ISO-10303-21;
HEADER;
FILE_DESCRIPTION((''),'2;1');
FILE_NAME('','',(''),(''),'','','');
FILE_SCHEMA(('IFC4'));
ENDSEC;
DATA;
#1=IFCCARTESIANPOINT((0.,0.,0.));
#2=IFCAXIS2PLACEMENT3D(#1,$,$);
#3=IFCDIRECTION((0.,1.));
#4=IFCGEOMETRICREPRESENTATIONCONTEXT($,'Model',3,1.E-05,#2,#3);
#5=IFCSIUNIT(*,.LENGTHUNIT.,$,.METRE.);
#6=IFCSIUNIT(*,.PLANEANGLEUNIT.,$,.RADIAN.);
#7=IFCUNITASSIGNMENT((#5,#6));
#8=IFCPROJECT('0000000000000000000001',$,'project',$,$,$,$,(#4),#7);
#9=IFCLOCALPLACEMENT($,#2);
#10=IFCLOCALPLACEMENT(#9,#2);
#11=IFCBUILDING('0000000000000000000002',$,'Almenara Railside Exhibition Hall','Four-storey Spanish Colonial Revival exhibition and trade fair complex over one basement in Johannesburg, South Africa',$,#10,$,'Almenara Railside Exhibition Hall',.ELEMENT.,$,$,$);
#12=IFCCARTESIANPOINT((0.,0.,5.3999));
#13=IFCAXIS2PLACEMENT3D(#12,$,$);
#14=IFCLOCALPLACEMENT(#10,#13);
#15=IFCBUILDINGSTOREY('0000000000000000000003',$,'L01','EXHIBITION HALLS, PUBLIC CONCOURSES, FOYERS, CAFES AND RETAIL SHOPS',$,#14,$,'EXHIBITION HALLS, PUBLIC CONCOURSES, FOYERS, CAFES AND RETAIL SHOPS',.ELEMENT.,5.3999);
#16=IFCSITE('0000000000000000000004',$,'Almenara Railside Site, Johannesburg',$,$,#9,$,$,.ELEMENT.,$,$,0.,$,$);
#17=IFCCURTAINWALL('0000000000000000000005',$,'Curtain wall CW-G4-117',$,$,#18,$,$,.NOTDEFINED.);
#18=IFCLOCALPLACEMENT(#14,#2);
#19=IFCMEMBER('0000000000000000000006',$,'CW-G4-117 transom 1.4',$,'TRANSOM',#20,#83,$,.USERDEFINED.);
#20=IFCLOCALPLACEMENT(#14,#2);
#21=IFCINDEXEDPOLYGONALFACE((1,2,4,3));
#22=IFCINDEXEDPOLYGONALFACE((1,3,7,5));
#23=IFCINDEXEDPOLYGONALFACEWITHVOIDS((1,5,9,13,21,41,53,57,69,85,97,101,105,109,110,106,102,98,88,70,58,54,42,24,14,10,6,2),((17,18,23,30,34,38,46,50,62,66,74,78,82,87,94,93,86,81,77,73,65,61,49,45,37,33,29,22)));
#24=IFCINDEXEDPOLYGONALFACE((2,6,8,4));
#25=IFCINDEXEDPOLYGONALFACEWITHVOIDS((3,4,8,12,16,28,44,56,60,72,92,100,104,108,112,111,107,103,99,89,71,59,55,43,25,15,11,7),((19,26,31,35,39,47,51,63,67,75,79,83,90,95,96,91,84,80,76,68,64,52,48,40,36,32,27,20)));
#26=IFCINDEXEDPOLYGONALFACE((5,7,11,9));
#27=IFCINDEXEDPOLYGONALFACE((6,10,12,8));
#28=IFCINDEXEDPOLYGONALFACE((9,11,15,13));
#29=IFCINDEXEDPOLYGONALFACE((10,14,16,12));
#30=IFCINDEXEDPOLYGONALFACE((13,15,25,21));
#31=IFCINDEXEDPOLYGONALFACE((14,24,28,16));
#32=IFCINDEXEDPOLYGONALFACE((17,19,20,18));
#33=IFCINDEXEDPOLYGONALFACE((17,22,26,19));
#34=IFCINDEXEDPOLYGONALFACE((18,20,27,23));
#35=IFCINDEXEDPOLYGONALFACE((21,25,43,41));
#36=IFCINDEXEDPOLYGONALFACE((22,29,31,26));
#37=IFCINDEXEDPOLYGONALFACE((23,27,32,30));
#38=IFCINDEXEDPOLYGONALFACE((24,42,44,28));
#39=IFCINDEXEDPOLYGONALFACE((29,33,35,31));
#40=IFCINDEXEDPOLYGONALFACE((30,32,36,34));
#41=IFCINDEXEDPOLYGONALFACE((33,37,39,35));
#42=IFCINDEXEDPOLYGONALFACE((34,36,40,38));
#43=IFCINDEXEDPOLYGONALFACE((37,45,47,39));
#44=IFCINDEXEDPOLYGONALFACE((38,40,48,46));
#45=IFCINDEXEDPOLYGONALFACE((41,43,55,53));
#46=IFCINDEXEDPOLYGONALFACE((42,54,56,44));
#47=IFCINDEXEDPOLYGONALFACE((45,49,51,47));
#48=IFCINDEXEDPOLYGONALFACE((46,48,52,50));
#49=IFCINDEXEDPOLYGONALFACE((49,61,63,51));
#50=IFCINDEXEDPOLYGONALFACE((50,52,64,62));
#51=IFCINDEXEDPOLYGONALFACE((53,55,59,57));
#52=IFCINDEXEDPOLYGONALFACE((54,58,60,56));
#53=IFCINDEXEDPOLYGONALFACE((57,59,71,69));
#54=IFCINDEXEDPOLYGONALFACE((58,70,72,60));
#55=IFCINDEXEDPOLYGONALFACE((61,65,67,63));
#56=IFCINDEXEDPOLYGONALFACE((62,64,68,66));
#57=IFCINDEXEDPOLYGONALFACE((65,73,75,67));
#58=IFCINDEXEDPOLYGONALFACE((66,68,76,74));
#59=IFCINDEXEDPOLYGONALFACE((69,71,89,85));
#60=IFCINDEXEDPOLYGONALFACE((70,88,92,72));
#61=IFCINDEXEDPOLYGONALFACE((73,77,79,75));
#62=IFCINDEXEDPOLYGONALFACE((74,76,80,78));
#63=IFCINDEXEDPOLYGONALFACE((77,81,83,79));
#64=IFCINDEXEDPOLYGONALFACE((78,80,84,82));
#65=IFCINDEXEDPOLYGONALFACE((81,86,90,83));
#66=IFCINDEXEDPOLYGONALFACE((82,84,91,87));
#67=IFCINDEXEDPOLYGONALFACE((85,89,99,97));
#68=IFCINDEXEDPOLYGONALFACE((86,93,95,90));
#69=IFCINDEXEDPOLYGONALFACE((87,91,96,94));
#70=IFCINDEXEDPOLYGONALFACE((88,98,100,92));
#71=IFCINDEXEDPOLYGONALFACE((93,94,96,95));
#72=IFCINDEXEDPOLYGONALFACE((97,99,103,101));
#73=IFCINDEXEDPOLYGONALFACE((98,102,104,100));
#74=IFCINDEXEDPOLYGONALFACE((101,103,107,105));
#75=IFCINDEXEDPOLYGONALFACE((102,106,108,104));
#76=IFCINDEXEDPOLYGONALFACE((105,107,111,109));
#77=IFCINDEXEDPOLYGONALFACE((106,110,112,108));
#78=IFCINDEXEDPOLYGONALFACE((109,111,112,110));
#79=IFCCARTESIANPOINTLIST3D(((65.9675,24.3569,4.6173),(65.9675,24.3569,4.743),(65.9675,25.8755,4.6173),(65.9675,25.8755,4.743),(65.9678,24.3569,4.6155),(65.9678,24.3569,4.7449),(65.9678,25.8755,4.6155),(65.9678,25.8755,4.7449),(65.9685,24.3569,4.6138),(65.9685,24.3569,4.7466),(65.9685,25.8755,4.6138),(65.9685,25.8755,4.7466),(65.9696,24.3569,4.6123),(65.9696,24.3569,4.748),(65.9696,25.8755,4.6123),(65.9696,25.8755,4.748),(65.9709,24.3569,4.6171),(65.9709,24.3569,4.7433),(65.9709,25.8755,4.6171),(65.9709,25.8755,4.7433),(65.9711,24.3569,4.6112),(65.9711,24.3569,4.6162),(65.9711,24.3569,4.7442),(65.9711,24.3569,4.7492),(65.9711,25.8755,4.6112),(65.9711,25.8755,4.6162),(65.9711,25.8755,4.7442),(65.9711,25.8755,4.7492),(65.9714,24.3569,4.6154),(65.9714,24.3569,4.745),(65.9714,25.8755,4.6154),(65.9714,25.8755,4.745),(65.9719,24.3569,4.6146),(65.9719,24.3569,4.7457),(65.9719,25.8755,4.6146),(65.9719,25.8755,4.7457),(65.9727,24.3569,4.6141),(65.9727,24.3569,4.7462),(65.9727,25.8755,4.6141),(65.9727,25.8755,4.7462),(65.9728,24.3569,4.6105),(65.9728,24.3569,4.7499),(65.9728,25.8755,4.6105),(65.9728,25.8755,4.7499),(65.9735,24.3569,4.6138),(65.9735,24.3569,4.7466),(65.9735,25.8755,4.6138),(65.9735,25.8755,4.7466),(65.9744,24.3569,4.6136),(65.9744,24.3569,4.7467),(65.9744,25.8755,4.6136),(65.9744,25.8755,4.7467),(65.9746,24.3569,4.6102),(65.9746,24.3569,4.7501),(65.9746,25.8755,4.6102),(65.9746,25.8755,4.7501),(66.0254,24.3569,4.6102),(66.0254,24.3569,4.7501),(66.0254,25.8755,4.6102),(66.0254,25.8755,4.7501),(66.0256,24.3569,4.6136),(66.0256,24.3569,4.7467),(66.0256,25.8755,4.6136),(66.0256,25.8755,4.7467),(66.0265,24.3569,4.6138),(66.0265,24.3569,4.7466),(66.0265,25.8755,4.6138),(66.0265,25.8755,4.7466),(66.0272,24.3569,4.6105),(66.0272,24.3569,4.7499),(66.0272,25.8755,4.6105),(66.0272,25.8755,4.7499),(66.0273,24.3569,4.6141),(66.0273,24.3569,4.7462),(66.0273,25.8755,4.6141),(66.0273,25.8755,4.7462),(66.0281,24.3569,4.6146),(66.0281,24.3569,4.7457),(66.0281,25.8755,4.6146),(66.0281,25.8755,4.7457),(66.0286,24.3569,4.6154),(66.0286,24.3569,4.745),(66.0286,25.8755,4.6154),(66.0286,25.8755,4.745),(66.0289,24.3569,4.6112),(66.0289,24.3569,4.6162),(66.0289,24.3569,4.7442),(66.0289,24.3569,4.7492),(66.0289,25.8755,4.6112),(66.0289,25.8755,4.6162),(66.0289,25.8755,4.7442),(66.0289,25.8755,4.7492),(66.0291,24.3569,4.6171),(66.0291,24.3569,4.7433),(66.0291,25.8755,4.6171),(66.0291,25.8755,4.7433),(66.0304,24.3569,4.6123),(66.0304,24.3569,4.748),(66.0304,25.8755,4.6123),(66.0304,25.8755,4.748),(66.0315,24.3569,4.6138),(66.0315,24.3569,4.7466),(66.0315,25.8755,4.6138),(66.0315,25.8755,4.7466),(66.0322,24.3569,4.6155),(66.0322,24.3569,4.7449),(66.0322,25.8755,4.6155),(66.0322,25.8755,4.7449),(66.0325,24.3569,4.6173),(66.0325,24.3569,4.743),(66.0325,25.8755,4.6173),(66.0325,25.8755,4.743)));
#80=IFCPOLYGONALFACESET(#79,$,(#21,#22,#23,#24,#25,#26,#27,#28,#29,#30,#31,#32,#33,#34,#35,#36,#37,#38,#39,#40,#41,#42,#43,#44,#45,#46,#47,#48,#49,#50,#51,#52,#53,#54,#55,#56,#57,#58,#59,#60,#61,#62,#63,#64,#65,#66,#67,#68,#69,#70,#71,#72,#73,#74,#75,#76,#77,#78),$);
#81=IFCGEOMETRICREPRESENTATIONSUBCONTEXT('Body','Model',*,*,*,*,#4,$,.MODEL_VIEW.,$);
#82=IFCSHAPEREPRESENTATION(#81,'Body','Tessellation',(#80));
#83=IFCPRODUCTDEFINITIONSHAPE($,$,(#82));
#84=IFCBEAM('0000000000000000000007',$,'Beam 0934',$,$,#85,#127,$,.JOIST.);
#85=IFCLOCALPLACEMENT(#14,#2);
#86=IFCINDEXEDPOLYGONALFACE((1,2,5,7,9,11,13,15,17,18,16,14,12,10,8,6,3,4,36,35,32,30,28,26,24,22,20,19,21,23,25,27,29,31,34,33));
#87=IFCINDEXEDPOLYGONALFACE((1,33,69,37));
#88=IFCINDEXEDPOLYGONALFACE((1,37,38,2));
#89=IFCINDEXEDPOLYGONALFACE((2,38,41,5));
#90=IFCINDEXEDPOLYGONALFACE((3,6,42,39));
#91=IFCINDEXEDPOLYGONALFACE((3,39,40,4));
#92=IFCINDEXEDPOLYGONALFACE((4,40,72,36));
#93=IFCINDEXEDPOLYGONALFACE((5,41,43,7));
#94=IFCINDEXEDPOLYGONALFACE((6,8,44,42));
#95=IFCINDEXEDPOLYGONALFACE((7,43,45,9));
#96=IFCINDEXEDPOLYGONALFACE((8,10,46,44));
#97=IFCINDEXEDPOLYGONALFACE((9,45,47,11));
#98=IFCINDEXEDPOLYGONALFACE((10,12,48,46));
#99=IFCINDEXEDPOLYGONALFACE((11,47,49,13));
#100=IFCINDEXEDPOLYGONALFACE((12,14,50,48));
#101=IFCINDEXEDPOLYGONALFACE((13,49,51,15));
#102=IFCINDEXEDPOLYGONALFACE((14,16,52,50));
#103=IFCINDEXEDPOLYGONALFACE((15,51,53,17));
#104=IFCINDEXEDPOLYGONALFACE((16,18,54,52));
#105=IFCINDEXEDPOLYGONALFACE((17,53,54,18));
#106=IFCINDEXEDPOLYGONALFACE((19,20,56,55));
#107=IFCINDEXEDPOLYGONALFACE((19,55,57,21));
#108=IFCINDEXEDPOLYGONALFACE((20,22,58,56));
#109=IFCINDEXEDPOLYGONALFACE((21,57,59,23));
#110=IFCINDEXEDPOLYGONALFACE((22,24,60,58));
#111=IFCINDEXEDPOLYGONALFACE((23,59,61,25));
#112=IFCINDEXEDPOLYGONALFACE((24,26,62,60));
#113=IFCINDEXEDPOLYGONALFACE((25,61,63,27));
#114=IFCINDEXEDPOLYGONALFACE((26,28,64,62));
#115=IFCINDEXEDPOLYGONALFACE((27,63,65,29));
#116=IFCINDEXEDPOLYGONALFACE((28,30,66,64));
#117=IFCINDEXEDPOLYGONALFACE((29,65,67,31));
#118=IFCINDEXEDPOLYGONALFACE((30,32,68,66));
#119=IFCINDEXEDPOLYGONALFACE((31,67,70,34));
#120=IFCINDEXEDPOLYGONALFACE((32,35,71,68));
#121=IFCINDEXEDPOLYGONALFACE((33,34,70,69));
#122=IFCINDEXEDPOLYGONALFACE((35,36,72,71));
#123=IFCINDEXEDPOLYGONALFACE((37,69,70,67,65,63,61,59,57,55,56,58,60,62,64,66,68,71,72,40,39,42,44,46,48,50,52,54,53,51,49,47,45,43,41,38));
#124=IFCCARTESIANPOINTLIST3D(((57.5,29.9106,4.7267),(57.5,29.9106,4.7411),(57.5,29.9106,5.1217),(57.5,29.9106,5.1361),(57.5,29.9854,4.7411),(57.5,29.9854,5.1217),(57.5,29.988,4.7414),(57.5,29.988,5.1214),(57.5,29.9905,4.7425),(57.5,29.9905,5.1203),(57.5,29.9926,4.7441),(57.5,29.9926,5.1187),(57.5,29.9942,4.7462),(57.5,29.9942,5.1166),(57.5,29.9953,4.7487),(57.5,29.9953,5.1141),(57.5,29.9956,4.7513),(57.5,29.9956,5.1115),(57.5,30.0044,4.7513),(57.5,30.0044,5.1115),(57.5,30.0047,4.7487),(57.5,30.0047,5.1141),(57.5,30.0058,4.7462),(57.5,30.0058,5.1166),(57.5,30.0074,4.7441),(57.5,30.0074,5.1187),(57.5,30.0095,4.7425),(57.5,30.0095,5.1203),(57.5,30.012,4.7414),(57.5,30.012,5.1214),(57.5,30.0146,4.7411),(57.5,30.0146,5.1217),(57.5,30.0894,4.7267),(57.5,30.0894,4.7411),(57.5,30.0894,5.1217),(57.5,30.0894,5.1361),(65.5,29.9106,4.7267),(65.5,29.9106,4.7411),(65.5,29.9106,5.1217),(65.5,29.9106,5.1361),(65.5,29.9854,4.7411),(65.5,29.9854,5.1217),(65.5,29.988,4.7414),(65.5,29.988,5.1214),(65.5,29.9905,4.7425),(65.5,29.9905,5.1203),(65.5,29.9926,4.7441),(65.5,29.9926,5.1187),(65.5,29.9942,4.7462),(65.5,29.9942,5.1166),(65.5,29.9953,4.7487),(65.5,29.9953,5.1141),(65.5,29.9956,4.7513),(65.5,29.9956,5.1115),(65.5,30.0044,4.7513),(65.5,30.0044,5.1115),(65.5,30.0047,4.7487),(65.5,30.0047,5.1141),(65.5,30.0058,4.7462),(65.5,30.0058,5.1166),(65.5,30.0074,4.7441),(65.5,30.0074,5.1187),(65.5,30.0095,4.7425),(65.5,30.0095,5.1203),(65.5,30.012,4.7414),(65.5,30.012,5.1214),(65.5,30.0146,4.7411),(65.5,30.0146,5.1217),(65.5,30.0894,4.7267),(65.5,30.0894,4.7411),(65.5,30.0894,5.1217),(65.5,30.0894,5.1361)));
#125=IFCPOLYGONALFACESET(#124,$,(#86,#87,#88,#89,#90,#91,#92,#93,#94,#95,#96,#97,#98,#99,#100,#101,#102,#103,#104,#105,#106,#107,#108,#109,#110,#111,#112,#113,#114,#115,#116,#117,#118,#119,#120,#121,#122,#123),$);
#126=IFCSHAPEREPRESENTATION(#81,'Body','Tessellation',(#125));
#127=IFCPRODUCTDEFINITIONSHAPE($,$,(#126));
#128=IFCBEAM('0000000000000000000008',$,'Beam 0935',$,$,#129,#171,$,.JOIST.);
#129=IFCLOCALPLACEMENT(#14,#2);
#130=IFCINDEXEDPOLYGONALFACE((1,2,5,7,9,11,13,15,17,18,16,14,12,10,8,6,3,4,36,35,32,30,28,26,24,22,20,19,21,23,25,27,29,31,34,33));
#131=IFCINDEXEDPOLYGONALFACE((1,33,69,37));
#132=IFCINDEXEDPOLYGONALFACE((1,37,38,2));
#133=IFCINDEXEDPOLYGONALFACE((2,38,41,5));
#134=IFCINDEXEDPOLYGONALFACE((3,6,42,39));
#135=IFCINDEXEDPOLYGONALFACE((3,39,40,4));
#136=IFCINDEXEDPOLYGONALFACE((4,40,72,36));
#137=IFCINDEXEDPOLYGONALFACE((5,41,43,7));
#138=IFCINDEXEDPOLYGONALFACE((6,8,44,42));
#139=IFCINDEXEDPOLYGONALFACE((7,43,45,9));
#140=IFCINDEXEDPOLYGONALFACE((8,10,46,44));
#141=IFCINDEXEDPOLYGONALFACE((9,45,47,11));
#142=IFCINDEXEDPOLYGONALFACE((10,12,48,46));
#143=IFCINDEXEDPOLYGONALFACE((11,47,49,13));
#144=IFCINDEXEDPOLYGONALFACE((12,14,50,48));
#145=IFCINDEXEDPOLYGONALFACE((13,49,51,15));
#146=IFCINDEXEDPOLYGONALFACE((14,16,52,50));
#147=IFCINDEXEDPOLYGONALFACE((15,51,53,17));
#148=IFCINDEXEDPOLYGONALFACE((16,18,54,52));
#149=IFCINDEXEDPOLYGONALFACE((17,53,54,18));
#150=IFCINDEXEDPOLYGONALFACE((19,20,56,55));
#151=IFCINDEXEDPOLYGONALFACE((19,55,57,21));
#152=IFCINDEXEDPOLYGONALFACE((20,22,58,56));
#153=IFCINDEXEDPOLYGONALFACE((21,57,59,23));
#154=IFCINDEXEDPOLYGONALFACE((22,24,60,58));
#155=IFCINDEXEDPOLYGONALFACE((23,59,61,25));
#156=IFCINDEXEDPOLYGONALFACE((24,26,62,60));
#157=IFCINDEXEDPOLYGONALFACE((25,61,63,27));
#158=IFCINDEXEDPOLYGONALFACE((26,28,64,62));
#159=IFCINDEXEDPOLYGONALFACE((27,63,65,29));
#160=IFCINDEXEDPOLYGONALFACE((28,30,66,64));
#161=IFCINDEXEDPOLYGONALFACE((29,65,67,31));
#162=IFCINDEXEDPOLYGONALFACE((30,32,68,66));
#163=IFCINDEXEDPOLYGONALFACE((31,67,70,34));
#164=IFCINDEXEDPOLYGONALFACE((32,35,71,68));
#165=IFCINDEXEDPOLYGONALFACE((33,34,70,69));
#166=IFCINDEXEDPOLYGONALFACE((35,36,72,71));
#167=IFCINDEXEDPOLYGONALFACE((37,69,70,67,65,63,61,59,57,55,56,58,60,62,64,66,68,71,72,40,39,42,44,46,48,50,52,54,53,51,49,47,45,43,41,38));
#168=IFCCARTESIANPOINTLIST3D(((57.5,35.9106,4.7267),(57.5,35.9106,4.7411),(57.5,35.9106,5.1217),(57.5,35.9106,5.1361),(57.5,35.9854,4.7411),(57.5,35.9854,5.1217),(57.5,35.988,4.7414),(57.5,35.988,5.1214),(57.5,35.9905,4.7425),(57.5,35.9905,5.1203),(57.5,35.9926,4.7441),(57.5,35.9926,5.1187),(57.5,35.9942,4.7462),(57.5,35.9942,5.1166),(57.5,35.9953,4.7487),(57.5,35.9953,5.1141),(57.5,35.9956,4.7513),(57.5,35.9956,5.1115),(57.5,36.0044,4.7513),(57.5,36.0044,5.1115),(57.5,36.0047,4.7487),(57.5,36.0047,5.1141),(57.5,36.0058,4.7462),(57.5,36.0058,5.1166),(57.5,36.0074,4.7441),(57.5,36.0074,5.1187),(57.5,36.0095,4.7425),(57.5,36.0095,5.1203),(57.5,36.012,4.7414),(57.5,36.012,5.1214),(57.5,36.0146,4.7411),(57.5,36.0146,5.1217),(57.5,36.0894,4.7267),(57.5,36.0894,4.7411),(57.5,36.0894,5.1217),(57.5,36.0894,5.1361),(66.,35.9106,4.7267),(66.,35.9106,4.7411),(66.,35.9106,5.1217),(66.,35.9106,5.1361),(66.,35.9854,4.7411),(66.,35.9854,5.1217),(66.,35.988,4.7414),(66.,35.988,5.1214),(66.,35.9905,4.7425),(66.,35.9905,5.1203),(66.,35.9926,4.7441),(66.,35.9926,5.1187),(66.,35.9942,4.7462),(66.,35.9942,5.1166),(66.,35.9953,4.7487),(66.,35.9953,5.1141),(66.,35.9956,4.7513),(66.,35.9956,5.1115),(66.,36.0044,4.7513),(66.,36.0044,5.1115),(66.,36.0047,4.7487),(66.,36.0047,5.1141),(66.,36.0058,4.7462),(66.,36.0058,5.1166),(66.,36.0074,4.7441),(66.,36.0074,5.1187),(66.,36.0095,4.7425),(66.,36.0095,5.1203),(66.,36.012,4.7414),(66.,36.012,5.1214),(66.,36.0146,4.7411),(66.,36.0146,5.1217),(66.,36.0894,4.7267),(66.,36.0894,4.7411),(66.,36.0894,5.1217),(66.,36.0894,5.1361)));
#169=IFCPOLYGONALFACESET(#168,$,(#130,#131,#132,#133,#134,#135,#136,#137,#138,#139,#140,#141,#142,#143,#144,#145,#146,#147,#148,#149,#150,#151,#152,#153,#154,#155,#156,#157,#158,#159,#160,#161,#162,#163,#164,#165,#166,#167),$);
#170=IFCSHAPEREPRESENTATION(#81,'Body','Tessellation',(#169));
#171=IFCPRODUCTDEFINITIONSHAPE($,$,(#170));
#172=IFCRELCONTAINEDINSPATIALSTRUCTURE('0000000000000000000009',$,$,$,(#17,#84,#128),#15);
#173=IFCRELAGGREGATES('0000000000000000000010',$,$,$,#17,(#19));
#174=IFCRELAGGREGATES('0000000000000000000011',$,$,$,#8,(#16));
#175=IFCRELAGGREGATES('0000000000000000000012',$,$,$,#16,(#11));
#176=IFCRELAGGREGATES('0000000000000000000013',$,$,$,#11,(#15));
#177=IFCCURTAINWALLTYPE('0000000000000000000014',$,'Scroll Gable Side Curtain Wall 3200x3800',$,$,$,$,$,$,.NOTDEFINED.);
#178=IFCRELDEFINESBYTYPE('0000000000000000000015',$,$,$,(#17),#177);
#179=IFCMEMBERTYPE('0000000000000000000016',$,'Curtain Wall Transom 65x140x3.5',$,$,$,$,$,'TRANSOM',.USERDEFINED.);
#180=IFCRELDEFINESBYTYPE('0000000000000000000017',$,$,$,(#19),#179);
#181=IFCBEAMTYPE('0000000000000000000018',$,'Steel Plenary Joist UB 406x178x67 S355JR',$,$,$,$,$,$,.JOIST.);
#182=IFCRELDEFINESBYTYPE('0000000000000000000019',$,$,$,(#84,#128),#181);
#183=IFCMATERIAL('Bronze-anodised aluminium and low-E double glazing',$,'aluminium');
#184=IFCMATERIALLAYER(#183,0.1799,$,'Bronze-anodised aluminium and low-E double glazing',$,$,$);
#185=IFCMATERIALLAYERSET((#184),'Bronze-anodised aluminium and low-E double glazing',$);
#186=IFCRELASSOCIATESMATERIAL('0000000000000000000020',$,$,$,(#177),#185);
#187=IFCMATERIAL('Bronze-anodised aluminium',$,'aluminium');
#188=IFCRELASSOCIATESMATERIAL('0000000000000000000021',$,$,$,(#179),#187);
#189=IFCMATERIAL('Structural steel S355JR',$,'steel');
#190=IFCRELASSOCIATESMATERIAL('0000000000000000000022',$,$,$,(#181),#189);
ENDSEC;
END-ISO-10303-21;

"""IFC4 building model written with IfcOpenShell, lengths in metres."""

from ifc_helpers import new_model, si_unit, direction, frame, origin, origin_2d, place, context, subcontext, project, spatial, hollow_rectangle, i_section, extrude, material, layer, layer_set, material_profile, profile_set, type_object, element, aggregate, save


model = new_model("IFC4")

# Units and contexts
model_context = context("Model", 3, precision=1e-05, world=origin(), true_north=direction((0.0, 1.0)))
body_context = subcontext(model_context, "Body", "Model", "MODEL_VIEW")
ifc_project = project(units=[si_unit("LENGTHUNIT", "METRE"), si_unit("PLANEANGLEUNIT", "RADIAN")], contexts=[model_context])

# Site, building, storey
site_placement = place(None, origin())
site = spatial("IfcSite", under=ifc_project, at=site_placement, Name="Almenara Railside Site, Johannesburg", CompositionType="ELEMENT", RefElevation=0.0)
building_placement = place(site_placement, origin())
building = spatial("IfcBuilding", under=site, at=building_placement, Name="Almenara Railside Exhibition Hall", Description="Four-storey Spanish Colonial Revival exhibition and trade fair complex over one basement in Johannesburg, South Africa", LongName="Almenara Railside Exhibition Hall", CompositionType="ELEMENT")
storey_placement = place(building_placement, frame((0.0, 0.0, 5.3999)))
storey = spatial("IfcBuildingStorey", under=building, at=storey_placement, Name="L01", Description="EXHIBITION HALLS, PUBLIC CONCOURSES, FOYERS, CAFES AND RETAIL SHOPS", LongName="EXHIBITION HALLS, PUBLIC CONCOURSES, FOYERS, CAFES AND RETAIL SHOPS", CompositionType="ELEMENT", Elevation=5.3999)

# Shared definitions
ifc_material_1 = material(Name="Bronze-anodised aluminium and low-E double glazing", Category="aluminium")
ifc_material_2 = material(Name="Bronze-anodised aluminium", Category="aluminium")

# Curtain wall, member
ifc_layer_1 = layer(ifc_material_1, 0.1799, Name="Bronze-anodised aluminium and low-E double glazing")
ifc_layer_set_1 = layer_set([ifc_layer_1], Name="Bronze-anodised aluminium and low-E double glazing")
curtain_wall_type_1 = type_object("IfcCurtainWallType", Name="Scroll Gable Side Curtain Wall 3200x3800", PredefinedType="NOTDEFINED", material=ifc_layer_set_1)
curtain_wall_1_placement = place(storey_placement, origin())
curtain_wall_1 = element("IfcCurtainWall", 1, at=curtain_wall_1_placement, inside=storey, type_object=curtain_wall_type_1, Name="Curtain wall CW-G4-117", PredefinedType="NOTDEFINED")
ifc_material_profile_1 = material_profile(ifc_material_2, hollow_rectangle(XDim=0.0649, YDim=0.1399, WallThickness=0.0034, InnerFilletRadius=0.0034, OuterFilletRadius=0.0071, at=origin_2d()), Name="ALU-TRN 65x140x3.5")
ifc_profile_set_1 = profile_set([ifc_material_profile_1], Name="Bronze-anodised aluminium")
member_type_1 = type_object("IfcMemberType", Name="Curtain Wall Transom 65x140x3.5", ElementType="TRANSOM", PredefinedType="USERDEFINED", material=ifc_profile_set_1)
member_1_placement = place(storey_placement, frame((66.0, 24.3569, 4.6802), z_axis=(0.0, 1.0, 0.0), x_axis=(-1.0, 0.0, 0.0)))
member_1 = element("IfcMember", 2, at=member_1_placement, type_object=member_type_1, Name="CW-G4-117 transom 1.4", ObjectType="TRANSOM", PredefinedType="USERDEFINED", context=body_context, shape_type="SweptSolid", body=[
    extrude(hollow_rectangle(XDim=0.0649, YDim=0.1399, WallThickness=0.0034, InnerFilletRadius=0.0034, OuterFilletRadius=0.0071, at=origin_2d()), origin(), (0.0, 0.0, 1.0), 1.5186),
])

# Beams
ifc_material_3 = material(Name="Structural steel S355JR", Category="steel")
ifc_material_profile_2 = material_profile(ifc_material_3, i_section(OverallWidth=0.1787, OverallDepth=0.4094, WebThickness=0.0088, FlangeThickness=0.0144, FilletRadius=0.0103, at=origin_2d()), Name="UB 406x178x67")
ifc_profile_set_2 = profile_set([ifc_material_profile_2], Name="Structural steel S355JR")
beam_type = type_object("IfcBeamType", Name="Steel Plenary Joist UB 406x178x67 S355JR", PredefinedType="JOIST", material=ifc_profile_set_2)
beam_1_placement = place(storey_placement, frame((57.5, 30.0, 4.9314), z_axis=(1.0, 0.0, 0.0), x_axis=(0.0, 1.0, 0.0)))
element("IfcBeam", 3, at=beam_1_placement, inside=storey, type_object=beam_type, Name="Beam 0934", PredefinedType="JOIST", context=body_context, shape_type="SweptSolid", body=[
    extrude(i_section(OverallWidth=0.1787, OverallDepth=0.4094, WebThickness=0.0088, FlangeThickness=0.0144, FilletRadius=0.0103, at=origin_2d()), origin(), (0.0, 0.0, 1.0), 8.0),
])
beam_2_placement = place(storey_placement, frame((57.5, 36.0, 4.9314), z_axis=(1.0, 0.0, 0.0), x_axis=(0.0, 1.0, 0.0)))
element("IfcBeam", 4, at=beam_2_placement, inside=storey, type_object=beam_type, Name="Beam 0935", PredefinedType="JOIST", context=body_context, shape_type="SweptSolid", body=[
    extrude(i_section(OverallWidth=0.1787, OverallDepth=0.4094, WebThickness=0.0088, FlangeThickness=0.0144, FilletRadius=0.0103, at=origin_2d()), origin(), (0.0, 0.0, 1.0), 8.5),
])

aggregate(curtain_wall_1, [member_1])

save(model, "model.ifc")
